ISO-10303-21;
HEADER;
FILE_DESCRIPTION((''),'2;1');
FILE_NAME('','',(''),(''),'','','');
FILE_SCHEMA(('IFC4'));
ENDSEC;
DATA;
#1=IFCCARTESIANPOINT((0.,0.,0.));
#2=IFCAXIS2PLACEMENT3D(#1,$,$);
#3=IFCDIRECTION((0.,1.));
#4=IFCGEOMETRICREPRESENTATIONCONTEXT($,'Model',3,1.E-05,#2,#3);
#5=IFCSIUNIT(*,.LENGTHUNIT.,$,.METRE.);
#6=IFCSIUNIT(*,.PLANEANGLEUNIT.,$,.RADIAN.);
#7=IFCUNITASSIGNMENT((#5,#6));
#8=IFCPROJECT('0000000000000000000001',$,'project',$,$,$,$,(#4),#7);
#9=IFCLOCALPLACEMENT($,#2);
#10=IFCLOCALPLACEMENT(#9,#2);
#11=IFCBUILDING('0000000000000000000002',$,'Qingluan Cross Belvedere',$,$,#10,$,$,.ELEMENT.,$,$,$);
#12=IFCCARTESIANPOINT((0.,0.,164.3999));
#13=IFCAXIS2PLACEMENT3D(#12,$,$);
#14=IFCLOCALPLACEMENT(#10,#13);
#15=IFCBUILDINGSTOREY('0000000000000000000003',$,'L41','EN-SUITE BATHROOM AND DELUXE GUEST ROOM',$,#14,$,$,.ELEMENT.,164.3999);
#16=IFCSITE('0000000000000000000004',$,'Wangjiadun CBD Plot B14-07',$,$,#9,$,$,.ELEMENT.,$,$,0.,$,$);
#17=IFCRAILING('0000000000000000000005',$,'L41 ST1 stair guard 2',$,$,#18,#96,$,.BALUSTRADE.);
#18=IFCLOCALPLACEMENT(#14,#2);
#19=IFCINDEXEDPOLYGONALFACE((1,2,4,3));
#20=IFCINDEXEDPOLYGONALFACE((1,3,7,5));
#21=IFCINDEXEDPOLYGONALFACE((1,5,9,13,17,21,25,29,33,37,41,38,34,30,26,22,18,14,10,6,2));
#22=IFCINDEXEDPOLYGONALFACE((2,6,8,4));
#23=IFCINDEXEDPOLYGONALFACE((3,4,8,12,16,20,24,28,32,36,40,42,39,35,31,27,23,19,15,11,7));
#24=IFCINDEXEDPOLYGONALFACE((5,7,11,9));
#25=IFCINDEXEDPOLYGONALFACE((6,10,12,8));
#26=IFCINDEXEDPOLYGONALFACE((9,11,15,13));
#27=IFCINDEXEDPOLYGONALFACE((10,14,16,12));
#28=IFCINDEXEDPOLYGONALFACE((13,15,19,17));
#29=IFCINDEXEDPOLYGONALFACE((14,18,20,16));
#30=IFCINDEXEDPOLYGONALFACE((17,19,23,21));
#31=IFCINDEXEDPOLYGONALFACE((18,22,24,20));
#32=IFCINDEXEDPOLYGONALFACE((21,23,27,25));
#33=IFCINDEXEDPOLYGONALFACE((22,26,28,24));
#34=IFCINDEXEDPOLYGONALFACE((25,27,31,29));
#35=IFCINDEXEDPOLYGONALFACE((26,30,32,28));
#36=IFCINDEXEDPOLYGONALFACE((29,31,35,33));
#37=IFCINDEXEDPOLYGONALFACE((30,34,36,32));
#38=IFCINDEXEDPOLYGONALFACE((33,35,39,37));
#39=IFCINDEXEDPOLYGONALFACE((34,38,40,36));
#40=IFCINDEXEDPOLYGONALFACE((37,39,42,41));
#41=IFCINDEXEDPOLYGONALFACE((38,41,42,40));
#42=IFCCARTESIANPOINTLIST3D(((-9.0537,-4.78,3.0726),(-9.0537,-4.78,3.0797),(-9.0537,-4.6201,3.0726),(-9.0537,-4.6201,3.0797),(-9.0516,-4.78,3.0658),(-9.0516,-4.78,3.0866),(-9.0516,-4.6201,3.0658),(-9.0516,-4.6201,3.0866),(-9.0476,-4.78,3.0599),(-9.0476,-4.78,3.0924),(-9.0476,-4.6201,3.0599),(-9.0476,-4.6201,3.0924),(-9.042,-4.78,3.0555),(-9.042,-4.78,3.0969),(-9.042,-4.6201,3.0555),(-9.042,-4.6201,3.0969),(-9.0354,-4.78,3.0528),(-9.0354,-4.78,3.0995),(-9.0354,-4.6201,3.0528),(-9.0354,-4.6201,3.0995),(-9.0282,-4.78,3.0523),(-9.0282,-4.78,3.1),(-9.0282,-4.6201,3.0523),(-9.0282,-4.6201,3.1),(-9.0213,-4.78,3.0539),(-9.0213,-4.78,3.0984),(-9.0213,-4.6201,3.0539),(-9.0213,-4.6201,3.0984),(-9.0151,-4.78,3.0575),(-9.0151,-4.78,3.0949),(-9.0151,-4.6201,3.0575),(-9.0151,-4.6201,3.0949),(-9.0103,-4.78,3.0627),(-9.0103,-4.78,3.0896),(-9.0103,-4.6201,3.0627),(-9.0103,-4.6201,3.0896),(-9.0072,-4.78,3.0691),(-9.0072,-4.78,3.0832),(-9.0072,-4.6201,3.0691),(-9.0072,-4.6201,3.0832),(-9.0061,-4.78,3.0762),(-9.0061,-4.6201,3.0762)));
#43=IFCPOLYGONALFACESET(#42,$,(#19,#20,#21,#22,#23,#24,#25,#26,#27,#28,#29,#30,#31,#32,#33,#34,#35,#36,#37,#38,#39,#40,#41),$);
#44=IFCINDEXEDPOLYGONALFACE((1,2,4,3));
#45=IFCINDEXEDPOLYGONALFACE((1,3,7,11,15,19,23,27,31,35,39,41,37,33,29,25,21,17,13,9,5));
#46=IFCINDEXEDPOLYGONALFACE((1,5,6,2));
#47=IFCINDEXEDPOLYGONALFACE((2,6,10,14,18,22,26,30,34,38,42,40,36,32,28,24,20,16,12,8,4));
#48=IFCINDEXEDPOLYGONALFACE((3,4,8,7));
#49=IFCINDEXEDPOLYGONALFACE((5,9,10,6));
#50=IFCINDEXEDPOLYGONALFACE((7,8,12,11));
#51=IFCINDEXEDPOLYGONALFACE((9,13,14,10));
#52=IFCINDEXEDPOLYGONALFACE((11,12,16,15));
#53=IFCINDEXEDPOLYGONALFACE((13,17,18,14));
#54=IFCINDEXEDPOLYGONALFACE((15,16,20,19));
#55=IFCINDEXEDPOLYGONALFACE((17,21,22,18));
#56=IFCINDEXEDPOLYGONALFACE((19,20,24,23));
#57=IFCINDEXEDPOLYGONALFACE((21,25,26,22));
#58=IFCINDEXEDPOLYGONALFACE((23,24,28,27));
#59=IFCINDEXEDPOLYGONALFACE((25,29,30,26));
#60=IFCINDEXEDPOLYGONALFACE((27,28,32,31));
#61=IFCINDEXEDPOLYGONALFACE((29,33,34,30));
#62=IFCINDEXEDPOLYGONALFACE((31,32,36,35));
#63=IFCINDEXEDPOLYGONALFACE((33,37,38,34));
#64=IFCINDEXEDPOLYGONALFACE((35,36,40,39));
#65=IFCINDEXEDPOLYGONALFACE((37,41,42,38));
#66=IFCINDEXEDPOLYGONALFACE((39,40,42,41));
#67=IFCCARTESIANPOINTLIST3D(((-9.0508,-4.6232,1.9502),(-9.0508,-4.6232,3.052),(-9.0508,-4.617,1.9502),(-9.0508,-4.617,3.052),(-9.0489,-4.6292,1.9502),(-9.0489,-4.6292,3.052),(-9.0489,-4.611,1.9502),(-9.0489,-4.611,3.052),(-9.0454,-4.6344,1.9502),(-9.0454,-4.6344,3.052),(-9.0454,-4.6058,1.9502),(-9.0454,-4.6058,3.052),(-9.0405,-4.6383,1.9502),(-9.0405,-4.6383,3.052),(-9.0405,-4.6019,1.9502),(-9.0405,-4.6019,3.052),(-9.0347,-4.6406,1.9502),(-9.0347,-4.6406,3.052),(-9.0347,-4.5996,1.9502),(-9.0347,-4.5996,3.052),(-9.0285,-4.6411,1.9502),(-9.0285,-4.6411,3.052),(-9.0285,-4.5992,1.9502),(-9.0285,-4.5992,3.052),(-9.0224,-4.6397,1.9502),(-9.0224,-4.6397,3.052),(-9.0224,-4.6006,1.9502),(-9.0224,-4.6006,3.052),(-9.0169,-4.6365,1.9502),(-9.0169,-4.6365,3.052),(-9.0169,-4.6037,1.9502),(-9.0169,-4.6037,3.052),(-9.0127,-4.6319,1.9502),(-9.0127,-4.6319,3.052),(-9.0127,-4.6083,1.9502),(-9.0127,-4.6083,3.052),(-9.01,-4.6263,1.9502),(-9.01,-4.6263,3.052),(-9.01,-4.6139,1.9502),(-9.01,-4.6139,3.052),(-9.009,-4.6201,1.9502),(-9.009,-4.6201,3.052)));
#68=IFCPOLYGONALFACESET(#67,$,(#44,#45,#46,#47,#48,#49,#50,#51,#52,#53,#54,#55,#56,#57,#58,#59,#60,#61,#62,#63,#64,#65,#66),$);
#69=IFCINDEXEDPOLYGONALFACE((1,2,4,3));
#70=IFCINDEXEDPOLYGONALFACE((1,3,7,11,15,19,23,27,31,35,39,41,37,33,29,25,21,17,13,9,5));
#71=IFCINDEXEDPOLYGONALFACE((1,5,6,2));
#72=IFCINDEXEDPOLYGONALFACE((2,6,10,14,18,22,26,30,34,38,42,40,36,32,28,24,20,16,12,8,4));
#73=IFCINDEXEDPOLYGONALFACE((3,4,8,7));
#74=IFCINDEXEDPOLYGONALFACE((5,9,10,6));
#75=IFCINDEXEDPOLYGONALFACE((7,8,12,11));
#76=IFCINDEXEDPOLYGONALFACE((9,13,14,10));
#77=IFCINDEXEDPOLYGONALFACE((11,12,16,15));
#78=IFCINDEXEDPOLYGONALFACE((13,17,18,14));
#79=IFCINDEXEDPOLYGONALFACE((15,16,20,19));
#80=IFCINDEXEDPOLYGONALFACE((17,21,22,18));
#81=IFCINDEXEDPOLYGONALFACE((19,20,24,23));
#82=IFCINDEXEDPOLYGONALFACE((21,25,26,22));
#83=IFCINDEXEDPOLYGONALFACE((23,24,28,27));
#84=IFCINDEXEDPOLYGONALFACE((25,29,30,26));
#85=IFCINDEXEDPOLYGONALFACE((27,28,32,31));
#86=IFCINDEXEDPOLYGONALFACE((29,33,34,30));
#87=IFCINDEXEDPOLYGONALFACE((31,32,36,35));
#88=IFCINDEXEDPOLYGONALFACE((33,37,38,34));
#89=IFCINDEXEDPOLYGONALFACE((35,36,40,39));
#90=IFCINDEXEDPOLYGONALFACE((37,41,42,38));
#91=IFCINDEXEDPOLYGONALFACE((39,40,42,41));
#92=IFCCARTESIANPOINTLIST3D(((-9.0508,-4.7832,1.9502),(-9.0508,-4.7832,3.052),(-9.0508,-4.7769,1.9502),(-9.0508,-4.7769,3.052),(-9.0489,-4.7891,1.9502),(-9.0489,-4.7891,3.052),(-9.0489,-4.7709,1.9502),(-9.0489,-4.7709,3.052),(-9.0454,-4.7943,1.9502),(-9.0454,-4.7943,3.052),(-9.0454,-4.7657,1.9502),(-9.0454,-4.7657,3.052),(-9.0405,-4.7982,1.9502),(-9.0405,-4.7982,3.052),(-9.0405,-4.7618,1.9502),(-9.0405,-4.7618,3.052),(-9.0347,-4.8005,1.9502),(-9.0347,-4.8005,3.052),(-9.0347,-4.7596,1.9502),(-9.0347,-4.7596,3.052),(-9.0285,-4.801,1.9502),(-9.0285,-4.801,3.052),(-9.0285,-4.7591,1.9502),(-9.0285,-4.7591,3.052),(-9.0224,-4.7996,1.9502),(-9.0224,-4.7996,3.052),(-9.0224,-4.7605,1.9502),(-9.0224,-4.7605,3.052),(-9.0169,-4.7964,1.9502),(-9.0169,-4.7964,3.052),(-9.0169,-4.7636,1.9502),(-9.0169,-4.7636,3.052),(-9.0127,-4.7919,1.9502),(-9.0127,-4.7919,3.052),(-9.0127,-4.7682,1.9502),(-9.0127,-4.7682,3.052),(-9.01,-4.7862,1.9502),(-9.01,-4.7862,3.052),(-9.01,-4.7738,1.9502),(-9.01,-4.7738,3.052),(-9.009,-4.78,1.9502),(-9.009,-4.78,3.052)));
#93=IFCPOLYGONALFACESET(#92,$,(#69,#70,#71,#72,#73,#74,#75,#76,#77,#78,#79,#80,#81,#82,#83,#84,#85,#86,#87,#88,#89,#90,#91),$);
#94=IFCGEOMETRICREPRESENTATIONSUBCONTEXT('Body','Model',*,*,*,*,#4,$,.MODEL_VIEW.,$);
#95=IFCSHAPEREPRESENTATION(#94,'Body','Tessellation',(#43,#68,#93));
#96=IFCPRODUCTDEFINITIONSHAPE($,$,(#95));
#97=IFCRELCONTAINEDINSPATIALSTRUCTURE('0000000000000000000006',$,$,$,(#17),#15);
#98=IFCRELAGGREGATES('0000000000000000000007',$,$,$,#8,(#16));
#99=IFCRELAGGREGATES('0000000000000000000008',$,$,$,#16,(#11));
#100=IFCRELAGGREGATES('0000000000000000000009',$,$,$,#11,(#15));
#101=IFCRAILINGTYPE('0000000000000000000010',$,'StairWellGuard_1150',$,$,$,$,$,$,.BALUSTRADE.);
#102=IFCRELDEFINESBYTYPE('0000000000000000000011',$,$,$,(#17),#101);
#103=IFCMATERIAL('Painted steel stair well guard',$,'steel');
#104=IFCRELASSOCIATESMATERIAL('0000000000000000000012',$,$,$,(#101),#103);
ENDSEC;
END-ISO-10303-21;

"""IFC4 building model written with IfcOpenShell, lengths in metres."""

from ifc_helpers import new_model, si_unit, direction, frame, origin, origin_2d, place, context, subcontext, project, spatial, circle, extrude, material, type_object, element, save


model = new_model("IFC4")

# Units and contexts
model_context = context("Model", 3, precision=1e-05, world=origin(), true_north=direction((0.0, 1.0)))
body_context = subcontext(model_context, "Body", "Model", "MODEL_VIEW")
ifc_project = project(units=[si_unit("LENGTHUNIT", "METRE"), si_unit("PLANEANGLEUNIT", "RADIAN")], contexts=[model_context])

# Site, building, storey
site_placement = place(None, origin())
site = spatial("IfcSite", under=ifc_project, at=site_placement, Name="Wangjiadun CBD Plot B14-07", CompositionType="ELEMENT", RefElevation=0.0)
building_placement = place(site_placement, origin())
building = spatial("IfcBuilding", under=site, at=building_placement, Name="Qingluan Cross Belvedere", CompositionType="ELEMENT")
storey_placement = place(building_placement, frame((0.0, 0.0, 164.3999)))
storey = spatial("IfcBuildingStorey", under=building, at=storey_placement, Name="L41", Description="EN-SUITE BATHROOM AND DELUXE GUEST ROOM", CompositionType="ELEMENT", Elevation=164.3999)

# Railing
ifc_material_1 = material(Name="Painted steel stair well guard", Category="steel")
railing_type_1 = type_object("IfcRailingType", Name="StairWellGuard_1150", PredefinedType="BALUSTRADE", material=ifc_material_1)
railing_1_placement = place(storey_placement, frame((-9.03, -4.6201, 1.9502)))
element("IfcRailing", 1, at=railing_1_placement, inside=storey, type_object=railing_type_1, Name="L41 ST1 stair guard 2", PredefinedType="BALUSTRADE", context=body_context, shape_type="SweptSolid", body=[
    extrude(circle(Radius=0.0239, at=origin_2d()), frame((0.0, 0.0, 1.126), z_axis=(0.0, -1.0, 0.0), x_axis=(1.0, 0.0, 0.0)), (0.0, 0.0, 1.0), 0.1599),
    extrude(circle(Radius=0.021, at=origin_2d()), origin(), (0.0, 0.0, 1.0), 1.1018),
    extrude(circle(Radius=0.021, at=origin_2d()), frame((0.0, -0.1599, 0.0)), (0.0, 0.0, 1.0), 1.1018),
])

save(model, "model.ifc")
